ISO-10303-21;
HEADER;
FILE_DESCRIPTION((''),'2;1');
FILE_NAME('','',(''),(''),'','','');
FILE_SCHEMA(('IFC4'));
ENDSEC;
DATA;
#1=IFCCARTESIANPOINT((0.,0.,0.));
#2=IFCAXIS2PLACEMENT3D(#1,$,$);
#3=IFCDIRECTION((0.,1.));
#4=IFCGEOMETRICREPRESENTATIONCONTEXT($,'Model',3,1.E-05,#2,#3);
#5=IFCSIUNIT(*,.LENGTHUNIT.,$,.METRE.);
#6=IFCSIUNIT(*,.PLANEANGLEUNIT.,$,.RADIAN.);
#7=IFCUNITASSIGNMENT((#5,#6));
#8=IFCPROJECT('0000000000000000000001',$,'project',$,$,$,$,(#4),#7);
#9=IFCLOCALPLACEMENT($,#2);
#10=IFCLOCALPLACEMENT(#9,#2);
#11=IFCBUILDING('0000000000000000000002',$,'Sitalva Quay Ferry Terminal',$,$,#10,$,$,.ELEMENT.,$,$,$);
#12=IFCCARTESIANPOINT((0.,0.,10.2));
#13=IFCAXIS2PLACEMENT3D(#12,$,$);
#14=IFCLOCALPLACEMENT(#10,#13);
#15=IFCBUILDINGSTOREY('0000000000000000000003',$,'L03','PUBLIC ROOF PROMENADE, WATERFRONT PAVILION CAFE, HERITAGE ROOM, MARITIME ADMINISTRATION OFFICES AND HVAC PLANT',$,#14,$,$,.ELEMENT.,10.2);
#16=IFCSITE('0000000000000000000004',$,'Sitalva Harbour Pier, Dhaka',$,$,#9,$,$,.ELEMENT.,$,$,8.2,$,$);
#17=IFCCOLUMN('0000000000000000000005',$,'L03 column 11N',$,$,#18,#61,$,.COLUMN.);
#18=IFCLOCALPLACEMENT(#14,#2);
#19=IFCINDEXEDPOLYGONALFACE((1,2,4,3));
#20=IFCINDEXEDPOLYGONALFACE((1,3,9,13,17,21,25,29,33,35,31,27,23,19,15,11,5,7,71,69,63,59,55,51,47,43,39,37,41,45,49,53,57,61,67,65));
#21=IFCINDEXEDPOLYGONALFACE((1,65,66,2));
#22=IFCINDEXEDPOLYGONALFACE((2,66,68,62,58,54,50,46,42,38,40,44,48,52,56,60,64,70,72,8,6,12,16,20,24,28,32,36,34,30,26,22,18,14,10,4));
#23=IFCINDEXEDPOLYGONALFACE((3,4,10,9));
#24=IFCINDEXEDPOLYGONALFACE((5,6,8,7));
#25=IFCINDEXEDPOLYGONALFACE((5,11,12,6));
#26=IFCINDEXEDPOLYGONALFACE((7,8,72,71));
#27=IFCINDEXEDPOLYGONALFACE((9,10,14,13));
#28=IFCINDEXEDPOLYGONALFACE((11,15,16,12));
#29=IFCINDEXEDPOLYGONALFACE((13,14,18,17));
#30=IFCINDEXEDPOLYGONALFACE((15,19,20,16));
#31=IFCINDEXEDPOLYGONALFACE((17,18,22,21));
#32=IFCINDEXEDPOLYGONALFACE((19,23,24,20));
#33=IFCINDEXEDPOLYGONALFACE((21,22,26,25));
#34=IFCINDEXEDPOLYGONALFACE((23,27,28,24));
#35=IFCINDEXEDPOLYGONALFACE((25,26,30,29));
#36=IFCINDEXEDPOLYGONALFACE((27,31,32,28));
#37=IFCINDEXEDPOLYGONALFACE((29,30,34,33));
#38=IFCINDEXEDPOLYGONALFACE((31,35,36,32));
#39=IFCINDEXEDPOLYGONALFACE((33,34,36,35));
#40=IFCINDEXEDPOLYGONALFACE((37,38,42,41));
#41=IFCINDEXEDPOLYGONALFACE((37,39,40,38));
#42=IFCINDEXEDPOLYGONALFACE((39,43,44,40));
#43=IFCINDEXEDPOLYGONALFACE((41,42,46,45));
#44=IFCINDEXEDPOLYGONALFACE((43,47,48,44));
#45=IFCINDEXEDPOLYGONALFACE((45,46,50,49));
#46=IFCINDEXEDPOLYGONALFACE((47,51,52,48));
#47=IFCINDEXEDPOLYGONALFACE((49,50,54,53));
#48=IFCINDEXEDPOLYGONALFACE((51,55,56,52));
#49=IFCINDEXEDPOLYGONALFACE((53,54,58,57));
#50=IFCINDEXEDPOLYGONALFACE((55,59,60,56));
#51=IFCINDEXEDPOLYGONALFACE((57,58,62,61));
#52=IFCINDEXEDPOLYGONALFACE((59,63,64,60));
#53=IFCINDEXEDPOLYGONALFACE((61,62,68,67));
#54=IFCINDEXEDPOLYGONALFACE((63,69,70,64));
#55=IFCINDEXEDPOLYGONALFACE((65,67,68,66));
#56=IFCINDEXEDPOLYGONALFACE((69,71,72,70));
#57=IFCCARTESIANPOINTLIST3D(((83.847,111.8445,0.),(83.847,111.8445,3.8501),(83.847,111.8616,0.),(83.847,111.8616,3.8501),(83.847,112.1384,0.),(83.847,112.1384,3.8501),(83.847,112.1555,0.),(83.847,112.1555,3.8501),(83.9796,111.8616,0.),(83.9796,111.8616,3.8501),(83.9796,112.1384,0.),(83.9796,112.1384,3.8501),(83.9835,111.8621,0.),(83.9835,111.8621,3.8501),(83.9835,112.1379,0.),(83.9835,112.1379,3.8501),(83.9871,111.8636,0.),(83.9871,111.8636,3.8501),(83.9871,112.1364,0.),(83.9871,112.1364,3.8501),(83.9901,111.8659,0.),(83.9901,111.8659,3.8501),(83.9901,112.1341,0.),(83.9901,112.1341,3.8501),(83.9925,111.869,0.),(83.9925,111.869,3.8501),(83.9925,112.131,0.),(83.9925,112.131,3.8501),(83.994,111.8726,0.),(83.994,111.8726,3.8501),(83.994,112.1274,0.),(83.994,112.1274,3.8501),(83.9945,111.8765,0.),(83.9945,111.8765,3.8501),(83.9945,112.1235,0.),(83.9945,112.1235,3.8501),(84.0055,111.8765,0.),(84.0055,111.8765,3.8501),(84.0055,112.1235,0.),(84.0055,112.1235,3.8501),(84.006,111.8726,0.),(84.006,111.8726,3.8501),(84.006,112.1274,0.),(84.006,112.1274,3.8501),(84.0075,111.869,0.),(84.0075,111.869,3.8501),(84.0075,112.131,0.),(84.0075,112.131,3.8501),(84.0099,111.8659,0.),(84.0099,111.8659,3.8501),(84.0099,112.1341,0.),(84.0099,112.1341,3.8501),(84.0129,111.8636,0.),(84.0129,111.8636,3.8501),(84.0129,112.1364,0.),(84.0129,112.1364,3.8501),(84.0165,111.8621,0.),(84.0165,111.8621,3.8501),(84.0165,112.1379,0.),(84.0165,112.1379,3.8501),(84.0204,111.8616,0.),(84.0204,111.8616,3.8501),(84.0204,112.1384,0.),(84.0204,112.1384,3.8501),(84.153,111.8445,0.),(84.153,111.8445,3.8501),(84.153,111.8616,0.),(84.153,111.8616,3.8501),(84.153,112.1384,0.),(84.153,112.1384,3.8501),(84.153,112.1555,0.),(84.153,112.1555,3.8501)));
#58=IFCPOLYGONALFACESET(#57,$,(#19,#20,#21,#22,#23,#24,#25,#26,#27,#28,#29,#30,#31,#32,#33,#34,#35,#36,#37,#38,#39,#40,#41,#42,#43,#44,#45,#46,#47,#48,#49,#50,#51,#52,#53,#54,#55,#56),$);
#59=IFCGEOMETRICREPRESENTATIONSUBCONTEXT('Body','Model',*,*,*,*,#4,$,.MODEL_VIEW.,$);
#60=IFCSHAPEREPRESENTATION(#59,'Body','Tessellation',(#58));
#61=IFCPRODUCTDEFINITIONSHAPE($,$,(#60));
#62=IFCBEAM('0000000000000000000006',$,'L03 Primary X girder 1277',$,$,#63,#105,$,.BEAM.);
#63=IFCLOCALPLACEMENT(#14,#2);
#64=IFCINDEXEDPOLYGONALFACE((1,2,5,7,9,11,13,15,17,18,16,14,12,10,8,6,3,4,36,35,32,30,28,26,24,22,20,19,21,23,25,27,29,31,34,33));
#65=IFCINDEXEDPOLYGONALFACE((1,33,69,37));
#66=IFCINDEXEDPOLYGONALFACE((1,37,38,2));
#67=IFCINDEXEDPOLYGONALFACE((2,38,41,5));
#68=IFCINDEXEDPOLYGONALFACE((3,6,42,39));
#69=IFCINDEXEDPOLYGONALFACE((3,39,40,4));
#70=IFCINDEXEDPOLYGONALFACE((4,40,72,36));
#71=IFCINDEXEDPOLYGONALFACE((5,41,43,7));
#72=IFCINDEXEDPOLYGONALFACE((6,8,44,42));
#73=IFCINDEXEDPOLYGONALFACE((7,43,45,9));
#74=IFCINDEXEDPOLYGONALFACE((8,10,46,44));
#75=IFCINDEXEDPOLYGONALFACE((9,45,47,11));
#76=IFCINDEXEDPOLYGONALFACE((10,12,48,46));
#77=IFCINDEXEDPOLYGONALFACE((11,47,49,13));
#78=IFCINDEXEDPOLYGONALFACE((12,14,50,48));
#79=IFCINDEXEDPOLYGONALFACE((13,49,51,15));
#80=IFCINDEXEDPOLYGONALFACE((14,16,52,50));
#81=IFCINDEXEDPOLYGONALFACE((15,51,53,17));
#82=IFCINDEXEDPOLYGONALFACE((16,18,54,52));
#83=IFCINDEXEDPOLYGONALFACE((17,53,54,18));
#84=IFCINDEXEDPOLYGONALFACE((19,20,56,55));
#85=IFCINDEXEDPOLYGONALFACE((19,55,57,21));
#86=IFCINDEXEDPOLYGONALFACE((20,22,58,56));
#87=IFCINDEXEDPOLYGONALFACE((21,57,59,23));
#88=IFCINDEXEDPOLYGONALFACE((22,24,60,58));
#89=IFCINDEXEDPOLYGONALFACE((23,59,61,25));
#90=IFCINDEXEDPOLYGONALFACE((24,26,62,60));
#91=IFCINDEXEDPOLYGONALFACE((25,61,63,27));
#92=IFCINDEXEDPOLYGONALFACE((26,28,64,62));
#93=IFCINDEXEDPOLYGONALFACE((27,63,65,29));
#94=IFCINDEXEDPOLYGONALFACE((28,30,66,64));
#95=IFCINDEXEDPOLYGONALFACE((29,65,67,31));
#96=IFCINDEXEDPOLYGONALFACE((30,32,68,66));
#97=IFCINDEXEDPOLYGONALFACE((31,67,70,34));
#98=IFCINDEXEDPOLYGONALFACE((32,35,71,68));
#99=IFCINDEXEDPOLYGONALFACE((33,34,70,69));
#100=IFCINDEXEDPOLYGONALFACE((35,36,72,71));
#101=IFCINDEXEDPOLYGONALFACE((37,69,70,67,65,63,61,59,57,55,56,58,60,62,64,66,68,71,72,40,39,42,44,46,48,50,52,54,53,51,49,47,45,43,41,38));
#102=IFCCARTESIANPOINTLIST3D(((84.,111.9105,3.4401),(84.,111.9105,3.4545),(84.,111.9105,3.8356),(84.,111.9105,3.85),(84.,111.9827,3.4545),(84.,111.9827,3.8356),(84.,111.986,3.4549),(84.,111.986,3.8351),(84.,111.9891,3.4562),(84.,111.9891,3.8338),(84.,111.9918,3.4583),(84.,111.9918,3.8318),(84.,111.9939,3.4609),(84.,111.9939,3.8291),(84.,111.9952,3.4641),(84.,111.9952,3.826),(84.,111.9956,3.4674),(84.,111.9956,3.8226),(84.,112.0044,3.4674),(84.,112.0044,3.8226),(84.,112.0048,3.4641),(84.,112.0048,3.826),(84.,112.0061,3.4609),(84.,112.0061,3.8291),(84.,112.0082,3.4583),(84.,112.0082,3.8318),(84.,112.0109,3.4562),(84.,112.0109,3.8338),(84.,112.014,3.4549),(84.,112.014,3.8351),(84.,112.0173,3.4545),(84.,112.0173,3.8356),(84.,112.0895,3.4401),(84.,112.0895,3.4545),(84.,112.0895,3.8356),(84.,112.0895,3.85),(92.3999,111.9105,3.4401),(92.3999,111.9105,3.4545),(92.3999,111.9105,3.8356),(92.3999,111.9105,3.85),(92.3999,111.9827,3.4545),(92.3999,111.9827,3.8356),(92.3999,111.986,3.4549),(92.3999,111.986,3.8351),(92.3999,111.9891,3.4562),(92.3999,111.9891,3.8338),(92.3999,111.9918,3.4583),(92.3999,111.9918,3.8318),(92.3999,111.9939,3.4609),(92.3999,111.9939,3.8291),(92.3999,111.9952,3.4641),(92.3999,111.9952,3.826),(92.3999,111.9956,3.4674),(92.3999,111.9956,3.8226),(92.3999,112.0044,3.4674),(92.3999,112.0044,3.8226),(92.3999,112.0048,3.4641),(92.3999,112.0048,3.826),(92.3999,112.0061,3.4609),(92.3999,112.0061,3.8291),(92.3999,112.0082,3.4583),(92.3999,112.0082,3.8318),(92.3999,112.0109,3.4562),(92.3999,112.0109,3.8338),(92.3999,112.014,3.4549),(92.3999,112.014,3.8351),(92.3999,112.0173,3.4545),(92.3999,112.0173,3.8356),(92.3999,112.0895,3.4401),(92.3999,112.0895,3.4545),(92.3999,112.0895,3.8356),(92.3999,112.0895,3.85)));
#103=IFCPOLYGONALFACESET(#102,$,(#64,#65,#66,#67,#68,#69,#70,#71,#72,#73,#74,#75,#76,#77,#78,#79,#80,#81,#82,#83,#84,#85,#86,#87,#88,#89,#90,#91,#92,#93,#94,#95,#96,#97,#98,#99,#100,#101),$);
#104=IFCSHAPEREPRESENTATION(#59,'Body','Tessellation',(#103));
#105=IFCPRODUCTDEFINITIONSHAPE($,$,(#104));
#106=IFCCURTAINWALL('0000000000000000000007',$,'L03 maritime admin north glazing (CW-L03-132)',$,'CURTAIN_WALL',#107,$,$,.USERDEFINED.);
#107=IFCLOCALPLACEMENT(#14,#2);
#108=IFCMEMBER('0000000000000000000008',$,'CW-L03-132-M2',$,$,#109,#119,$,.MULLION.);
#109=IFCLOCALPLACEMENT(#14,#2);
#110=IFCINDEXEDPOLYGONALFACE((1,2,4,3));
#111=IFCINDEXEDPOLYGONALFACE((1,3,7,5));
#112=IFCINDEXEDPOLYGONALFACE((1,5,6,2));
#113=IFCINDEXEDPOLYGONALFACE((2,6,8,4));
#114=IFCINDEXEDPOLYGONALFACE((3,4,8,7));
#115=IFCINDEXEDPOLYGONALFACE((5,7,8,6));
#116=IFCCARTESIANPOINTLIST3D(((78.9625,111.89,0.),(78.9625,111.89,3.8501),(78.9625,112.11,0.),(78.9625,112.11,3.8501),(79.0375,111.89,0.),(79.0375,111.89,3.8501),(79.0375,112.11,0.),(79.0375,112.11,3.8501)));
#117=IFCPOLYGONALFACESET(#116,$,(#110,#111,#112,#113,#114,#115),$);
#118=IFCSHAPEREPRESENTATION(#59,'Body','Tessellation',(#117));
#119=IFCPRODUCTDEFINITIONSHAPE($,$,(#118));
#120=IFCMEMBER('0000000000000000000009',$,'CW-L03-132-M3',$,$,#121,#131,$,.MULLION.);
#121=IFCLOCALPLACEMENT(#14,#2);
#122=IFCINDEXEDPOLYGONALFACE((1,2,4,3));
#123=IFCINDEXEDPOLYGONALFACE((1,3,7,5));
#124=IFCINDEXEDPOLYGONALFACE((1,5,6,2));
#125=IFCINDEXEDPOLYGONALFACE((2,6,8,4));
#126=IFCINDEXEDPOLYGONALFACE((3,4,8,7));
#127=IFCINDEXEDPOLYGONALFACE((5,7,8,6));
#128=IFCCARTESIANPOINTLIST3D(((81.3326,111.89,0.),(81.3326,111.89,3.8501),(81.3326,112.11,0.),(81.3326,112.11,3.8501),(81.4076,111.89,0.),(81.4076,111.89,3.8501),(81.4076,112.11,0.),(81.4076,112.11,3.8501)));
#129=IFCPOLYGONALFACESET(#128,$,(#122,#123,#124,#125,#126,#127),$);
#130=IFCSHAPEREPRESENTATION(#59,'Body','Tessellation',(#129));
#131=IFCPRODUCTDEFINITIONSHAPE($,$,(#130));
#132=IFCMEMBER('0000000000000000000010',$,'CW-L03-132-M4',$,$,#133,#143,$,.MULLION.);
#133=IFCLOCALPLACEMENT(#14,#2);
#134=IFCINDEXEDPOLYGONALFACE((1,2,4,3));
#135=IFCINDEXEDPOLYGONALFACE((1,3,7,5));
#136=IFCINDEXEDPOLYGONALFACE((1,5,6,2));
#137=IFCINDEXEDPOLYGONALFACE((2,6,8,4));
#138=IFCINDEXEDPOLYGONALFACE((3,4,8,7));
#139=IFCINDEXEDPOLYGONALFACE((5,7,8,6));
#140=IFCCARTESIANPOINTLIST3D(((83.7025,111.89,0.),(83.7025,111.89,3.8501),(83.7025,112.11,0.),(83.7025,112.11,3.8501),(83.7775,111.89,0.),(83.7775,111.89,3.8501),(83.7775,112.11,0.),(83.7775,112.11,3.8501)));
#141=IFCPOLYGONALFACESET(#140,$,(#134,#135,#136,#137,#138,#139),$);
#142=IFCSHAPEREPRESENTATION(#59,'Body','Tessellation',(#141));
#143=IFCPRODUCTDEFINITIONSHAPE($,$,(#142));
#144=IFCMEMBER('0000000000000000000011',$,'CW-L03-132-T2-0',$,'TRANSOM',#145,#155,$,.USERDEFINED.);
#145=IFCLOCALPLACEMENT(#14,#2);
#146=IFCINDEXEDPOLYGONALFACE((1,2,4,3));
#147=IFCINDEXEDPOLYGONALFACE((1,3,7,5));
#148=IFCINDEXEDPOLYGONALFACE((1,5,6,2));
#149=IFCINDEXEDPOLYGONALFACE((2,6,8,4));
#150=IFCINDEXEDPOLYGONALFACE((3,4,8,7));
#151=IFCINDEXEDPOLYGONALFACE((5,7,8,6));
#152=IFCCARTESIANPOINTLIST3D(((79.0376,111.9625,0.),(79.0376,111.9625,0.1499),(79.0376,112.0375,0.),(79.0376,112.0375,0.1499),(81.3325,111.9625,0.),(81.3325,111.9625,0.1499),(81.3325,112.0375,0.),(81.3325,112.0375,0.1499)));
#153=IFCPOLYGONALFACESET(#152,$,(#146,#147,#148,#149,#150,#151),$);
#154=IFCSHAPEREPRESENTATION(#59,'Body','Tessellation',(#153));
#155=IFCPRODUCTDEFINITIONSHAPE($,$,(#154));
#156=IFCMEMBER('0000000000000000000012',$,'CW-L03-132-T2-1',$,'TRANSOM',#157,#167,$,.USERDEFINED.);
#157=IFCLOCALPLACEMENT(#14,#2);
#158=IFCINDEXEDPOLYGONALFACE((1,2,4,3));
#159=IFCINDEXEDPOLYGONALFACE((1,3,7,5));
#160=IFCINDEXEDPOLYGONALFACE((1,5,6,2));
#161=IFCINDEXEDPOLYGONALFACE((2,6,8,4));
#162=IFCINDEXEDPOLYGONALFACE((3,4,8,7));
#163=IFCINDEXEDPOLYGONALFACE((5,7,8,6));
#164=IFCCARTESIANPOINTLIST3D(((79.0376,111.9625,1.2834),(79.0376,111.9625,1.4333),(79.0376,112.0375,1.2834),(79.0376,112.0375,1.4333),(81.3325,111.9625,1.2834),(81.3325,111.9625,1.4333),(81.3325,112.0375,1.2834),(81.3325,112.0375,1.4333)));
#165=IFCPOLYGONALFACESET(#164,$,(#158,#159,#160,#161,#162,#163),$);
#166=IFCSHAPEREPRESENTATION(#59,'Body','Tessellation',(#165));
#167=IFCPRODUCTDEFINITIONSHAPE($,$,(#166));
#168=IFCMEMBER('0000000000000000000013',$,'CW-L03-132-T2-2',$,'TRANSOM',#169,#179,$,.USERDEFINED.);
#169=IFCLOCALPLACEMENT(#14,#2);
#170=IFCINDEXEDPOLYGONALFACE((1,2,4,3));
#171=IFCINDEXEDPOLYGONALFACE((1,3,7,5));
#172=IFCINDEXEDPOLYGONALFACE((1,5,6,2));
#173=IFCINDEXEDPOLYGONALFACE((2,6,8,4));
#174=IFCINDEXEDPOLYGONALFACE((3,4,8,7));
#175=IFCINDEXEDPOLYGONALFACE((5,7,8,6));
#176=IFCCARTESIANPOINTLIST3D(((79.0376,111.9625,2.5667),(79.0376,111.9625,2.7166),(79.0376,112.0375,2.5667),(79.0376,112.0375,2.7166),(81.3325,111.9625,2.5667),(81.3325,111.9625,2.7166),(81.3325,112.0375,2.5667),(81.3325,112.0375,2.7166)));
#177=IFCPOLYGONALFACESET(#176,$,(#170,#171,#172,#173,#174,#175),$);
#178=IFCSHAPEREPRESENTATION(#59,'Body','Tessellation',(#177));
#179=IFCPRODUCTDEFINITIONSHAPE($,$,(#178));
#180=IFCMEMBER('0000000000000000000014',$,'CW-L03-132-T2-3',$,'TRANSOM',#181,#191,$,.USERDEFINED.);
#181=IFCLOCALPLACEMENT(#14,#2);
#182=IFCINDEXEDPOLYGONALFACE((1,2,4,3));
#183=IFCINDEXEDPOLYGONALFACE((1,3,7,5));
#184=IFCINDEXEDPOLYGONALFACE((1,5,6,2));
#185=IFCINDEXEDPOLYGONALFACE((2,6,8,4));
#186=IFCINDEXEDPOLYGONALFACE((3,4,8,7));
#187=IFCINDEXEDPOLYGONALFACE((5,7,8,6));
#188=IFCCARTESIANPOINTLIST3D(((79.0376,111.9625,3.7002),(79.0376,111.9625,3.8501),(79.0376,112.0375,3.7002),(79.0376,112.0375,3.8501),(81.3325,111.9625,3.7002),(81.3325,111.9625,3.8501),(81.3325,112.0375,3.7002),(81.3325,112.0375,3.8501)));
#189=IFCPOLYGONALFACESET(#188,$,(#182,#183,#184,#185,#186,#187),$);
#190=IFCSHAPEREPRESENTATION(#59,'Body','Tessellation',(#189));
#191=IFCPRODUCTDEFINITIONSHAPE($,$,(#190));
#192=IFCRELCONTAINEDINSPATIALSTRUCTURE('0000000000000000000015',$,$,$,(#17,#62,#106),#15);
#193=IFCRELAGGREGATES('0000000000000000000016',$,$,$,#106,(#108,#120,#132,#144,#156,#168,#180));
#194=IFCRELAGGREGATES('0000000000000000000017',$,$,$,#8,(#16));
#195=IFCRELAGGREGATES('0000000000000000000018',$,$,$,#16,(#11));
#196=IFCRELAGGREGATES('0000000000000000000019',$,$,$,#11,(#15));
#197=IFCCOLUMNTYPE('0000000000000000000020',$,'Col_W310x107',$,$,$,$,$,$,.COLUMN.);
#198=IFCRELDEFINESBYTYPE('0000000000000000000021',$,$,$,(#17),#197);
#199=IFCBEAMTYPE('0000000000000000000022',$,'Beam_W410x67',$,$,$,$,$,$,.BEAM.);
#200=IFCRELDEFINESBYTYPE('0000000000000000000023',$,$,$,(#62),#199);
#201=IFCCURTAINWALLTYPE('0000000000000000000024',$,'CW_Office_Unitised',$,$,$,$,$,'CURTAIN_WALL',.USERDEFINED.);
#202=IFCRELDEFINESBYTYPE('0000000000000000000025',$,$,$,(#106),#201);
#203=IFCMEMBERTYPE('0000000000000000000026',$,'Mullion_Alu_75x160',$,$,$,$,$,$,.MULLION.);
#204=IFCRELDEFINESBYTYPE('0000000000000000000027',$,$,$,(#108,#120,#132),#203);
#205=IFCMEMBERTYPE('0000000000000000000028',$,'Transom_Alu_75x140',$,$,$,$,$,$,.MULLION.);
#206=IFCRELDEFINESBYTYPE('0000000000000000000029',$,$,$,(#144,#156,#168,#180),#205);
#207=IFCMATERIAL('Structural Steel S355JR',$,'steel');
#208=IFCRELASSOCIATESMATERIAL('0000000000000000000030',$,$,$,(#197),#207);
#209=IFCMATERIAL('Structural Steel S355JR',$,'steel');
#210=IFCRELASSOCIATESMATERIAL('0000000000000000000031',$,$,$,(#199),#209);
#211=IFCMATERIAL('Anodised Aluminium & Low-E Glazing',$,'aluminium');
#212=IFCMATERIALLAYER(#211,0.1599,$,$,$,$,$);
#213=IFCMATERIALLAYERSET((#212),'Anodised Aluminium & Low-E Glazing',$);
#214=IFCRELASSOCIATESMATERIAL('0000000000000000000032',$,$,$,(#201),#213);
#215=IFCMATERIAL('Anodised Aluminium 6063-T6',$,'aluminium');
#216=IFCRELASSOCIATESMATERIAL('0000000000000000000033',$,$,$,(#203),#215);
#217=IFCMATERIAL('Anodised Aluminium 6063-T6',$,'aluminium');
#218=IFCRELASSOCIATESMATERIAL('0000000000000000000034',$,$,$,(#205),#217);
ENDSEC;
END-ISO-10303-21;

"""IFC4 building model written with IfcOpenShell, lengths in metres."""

from ifc_helpers import new_model, si_unit, direction, frame, origin, origin_2d, place, context, subcontext, project, spatial, rectangle, i_section, extrude, material, layer, layer_set, material_profile, profile_set, type_object, element, aggregate, save


model = new_model("IFC4")

# Units and contexts
model_context = context("Model", 3, precision=1e-05, world=origin(), true_north=direction((0.0, 1.0)))
body_context = subcontext(model_context, "Body", "Model", "MODEL_VIEW")
ifc_project = project(units=[si_unit("LENGTHUNIT", "METRE"), si_unit("PLANEANGLEUNIT", "RADIAN")], contexts=[model_context])

# Site, building, storey
site_placement = place(None, origin())
site = spatial("IfcSite", under=ifc_project, at=site_placement, Name="Sitalva Harbour Pier, Dhaka", CompositionType="ELEMENT", RefElevation=8.2)
building_placement = place(site_placement, origin())
building = spatial("IfcBuilding", under=site, at=building_placement, Name="Sitalva Quay Ferry Terminal", CompositionType="ELEMENT")
storey_placement = place(building_placement, frame((0.0, 0.0, 10.2)))
storey = spatial("IfcBuildingStorey", under=building, at=storey_placement, Name="L03", Description="PUBLIC ROOF PROMENADE, WATERFRONT PAVILION CAFE, HERITAGE ROOM, MARITIME ADMINISTRATION OFFICES AND HVAC PLANT", CompositionType="ELEMENT", Elevation=10.2)

# Column
ifc_material_1 = material(Name="Structural Steel S355JR", Category="steel")
ifc_material_profile_1 = material_profile(ifc_material_1, i_section(OverallWidth=0.3059, OverallDepth=0.311, WebThickness=0.011, FlangeThickness=0.0171, FilletRadius=0.0149, at=origin_2d()), Name="W310x107")
ifc_profile_set_1 = profile_set([ifc_material_profile_1], Name="Structural Steel S355JR")
column_type = type_object("IfcColumnType", Name="Col_W310x107", PredefinedType="COLUMN", material=ifc_profile_set_1)
column_placement = place(storey_placement, frame((84.0, 112.0, 0.0), z_axis=(0.0, 0.0, 1.0), x_axis=(1.0, 0.0, 0.0)))
element("IfcColumn", 1, at=column_placement, inside=storey, type_object=column_type, Name="L03 column 11N", PredefinedType="COLUMN", context=body_context, shape_type="SweptSolid", body=[
    extrude(i_section(OverallWidth=0.3059, OverallDepth=0.311, WebThickness=0.011, FlangeThickness=0.0171, FilletRadius=0.0149, at=origin_2d()), origin(), (0.0, 0.0, 1.0), 3.8501),
])

# Beam
ifc_material_2 = material(Name="Structural Steel S355JR", Category="steel")
ifc_material_profile_2 = material_profile(ifc_material_2, i_section(OverallWidth=0.179, OverallDepth=0.4099, WebThickness=0.0088, FlangeThickness=0.0144, FilletRadius=0.0129, at=origin_2d()), Name="W410x67")
ifc_profile_set_2 = profile_set([ifc_material_profile_2], Name="Structural Steel S355JR")
beam_type = type_object("IfcBeamType", Name="Beam_W410x67", PredefinedType="BEAM", material=ifc_profile_set_2)
beam_placement = place(storey_placement, frame((84.0, 112.0, 3.645), z_axis=(1.0, 0.0, 0.0), x_axis=(0.0, 1.0, 0.0)))
element("IfcBeam", 2, at=beam_placement, inside=storey, type_object=beam_type, Name="L03 Primary X girder 1277", PredefinedType="BEAM", context=body_context, shape_type="SweptSolid", body=[
    extrude(i_section(OverallWidth=0.179, OverallDepth=0.4099, WebThickness=0.0088, FlangeThickness=0.0144, FilletRadius=0.0129, at=origin_2d()), origin(), (0.0, 0.0, 1.0), 8.3999),
])

# Curtain wall, members
ifc_material_3 = material(Name="Anodised Aluminium & Low-E Glazing", Category="aluminium")
ifc_layer_1 = layer(ifc_material_3, 0.1599)
ifc_layer_set_1 = layer_set([ifc_layer_1], Name="Anodised Aluminium & Low-E Glazing")
curtain_wall_type = type_object("IfcCurtainWallType", Name="CW_Office_Unitised", ElementType="CURTAIN_WALL", PredefinedType="USERDEFINED", material=ifc_layer_set_1)
curtain_wall_placement = place(storey_placement, origin())
curtain_wall = element("IfcCurtainWall", 3, at=curtain_wall_placement, inside=storey, type_object=curtain_wall_type, Name="L03 maritime admin north glazing (CW-L03-132)", ObjectType="CURTAIN_WALL", PredefinedType="USERDEFINED")
ifc_material_4 = material(Name="Anodised Aluminium 6063-T6", Category="aluminium")
ifc_material_profile_3 = material_profile(ifc_material_4, rectangle(XDim=0.075, YDim=0.22, at=origin_2d()), Name="ALU75x220")
ifc_profile_set_3 = profile_set([ifc_material_profile_3], Name="Anodised Aluminium 6063-T6")
member_type_1 = type_object("IfcMemberType", Name="Mullion_Alu_75x160", PredefinedType="MULLION", material=ifc_profile_set_3)
member_1_placement = place(storey_placement, frame((79.0, 112.0, 0.0), z_axis=(0.0, 0.0, 1.0), x_axis=(1.0, 0.0, 0.0)))
member_1 = element("IfcMember", 4, at=member_1_placement, type_object=member_type_1, Name="CW-L03-132-M2", PredefinedType="MULLION", context=body_context, shape_type="SweptSolid", body=[
    extrude(rectangle(XDim=0.075, YDim=0.22, at=origin_2d()), origin(), (0.0, 0.0, 1.0), 3.8501),
])
member_2_placement = place(storey_placement, frame((81.3701, 112.0, 0.0), z_axis=(0.0, 0.0, 1.0), x_axis=(1.0, 0.0, 0.0)))
member_2 = element("IfcMember", 5, at=member_2_placement, type_object=member_type_1, Name="CW-L03-132-M3", PredefinedType="MULLION", context=body_context, shape_type="SweptSolid", body=[
    extrude(rectangle(XDim=0.075, YDim=0.22, at=origin_2d()), origin(), (0.0, 0.0, 1.0), 3.8501),
])
member_3_placement = place(storey_placement, frame((83.74, 112.0, 0.0), z_axis=(0.0, 0.0, 1.0), x_axis=(1.0, 0.0, 0.0)))
member_3 = element("IfcMember", 6, at=member_3_placement, type_object=member_type_1, Name="CW-L03-132-M4", PredefinedType="MULLION", context=body_context, shape_type="SweptSolid", body=[
    extrude(rectangle(XDim=0.075, YDim=0.22, at=origin_2d()), origin(), (0.0, 0.0, 1.0), 3.8501),
])
ifc_material_5 = material(Name="Anodised Aluminium 6063-T6", Category="aluminium")
ifc_material_profile_4 = material_profile(ifc_material_5, rectangle(XDim=0.075, YDim=0.1499, at=origin_2d()), Name="ALU75x150")
ifc_profile_set_4 = profile_set([ifc_material_profile_4], Name="Anodised Aluminium 6063-T6")
member_type_2 = type_object("IfcMemberType", Name="Transom_Alu_75x140", PredefinedType="MULLION", material=ifc_profile_set_4)
member_4_placement = place(storey_placement, frame((79.0376, 112.0, 0.075), z_axis=(1.0, 0.0, 0.0), x_axis=(0.0, 1.0, 0.0)))
member_4 = element("IfcMember", 7, at=member_4_placement, type_object=member_type_2, Name="CW-L03-132-T2-0", ObjectType="TRANSOM", PredefinedType="USERDEFINED", context=body_context, shape_type="SweptSolid", body=[
    extrude(rectangle(XDim=0.075, YDim=0.1499, at=origin_2d()), origin(), (0.0, 0.0, 1.0), 2.2949),
])
member_5_placement = place(storey_placement, frame((79.0376, 112.0, 1.3584), z_axis=(1.0, 0.0, 0.0), x_axis=(0.0, 1.0, 0.0)))
member_5 = element("IfcMember", 8, at=member_5_placement, type_object=member_type_2, Name="CW-L03-132-T2-1", ObjectType="TRANSOM", PredefinedType="USERDEFINED", context=body_context, shape_type="SweptSolid", body=[
    extrude(rectangle(XDim=0.075, YDim=0.1499, at=origin_2d()), origin(), (0.0, 0.0, 1.0), 2.2949),
])
member_6_placement = place(storey_placement, frame((79.0376, 112.0, 2.6416), z_axis=(1.0, 0.0, 0.0), x_axis=(0.0, 1.0, 0.0)))
member_6 = element("IfcMember", 9, at=member_6_placement, type_object=member_type_2, Name="CW-L03-132-T2-2", ObjectType="TRANSOM", PredefinedType="USERDEFINED", context=body_context, shape_type="SweptSolid", body=[
    extrude(rectangle(XDim=0.075, YDim=0.1499, at=origin_2d()), origin(), (0.0, 0.0, 1.0), 2.2949),
])
member_7_placement = place(storey_placement, frame((79.0376, 112.0, 3.7751), z_axis=(1.0, 0.0, 0.0), x_axis=(0.0, 1.0, 0.0)))
member_7 = element("IfcMember", 10, at=member_7_placement, type_object=member_type_2, Name="CW-L03-132-T2-3", ObjectType="TRANSOM", PredefinedType="USERDEFINED", context=body_context, shape_type="SweptSolid", body=[
    extrude(rectangle(XDim=0.075, YDim=0.1499, at=origin_2d()), origin(), (0.0, 0.0, 1.0), 2.2949),
])
aggregate(curtain_wall, [member_1, member_2, member_3, member_4, member_5, member_6, member_7])

save(model, "model.ifc")
